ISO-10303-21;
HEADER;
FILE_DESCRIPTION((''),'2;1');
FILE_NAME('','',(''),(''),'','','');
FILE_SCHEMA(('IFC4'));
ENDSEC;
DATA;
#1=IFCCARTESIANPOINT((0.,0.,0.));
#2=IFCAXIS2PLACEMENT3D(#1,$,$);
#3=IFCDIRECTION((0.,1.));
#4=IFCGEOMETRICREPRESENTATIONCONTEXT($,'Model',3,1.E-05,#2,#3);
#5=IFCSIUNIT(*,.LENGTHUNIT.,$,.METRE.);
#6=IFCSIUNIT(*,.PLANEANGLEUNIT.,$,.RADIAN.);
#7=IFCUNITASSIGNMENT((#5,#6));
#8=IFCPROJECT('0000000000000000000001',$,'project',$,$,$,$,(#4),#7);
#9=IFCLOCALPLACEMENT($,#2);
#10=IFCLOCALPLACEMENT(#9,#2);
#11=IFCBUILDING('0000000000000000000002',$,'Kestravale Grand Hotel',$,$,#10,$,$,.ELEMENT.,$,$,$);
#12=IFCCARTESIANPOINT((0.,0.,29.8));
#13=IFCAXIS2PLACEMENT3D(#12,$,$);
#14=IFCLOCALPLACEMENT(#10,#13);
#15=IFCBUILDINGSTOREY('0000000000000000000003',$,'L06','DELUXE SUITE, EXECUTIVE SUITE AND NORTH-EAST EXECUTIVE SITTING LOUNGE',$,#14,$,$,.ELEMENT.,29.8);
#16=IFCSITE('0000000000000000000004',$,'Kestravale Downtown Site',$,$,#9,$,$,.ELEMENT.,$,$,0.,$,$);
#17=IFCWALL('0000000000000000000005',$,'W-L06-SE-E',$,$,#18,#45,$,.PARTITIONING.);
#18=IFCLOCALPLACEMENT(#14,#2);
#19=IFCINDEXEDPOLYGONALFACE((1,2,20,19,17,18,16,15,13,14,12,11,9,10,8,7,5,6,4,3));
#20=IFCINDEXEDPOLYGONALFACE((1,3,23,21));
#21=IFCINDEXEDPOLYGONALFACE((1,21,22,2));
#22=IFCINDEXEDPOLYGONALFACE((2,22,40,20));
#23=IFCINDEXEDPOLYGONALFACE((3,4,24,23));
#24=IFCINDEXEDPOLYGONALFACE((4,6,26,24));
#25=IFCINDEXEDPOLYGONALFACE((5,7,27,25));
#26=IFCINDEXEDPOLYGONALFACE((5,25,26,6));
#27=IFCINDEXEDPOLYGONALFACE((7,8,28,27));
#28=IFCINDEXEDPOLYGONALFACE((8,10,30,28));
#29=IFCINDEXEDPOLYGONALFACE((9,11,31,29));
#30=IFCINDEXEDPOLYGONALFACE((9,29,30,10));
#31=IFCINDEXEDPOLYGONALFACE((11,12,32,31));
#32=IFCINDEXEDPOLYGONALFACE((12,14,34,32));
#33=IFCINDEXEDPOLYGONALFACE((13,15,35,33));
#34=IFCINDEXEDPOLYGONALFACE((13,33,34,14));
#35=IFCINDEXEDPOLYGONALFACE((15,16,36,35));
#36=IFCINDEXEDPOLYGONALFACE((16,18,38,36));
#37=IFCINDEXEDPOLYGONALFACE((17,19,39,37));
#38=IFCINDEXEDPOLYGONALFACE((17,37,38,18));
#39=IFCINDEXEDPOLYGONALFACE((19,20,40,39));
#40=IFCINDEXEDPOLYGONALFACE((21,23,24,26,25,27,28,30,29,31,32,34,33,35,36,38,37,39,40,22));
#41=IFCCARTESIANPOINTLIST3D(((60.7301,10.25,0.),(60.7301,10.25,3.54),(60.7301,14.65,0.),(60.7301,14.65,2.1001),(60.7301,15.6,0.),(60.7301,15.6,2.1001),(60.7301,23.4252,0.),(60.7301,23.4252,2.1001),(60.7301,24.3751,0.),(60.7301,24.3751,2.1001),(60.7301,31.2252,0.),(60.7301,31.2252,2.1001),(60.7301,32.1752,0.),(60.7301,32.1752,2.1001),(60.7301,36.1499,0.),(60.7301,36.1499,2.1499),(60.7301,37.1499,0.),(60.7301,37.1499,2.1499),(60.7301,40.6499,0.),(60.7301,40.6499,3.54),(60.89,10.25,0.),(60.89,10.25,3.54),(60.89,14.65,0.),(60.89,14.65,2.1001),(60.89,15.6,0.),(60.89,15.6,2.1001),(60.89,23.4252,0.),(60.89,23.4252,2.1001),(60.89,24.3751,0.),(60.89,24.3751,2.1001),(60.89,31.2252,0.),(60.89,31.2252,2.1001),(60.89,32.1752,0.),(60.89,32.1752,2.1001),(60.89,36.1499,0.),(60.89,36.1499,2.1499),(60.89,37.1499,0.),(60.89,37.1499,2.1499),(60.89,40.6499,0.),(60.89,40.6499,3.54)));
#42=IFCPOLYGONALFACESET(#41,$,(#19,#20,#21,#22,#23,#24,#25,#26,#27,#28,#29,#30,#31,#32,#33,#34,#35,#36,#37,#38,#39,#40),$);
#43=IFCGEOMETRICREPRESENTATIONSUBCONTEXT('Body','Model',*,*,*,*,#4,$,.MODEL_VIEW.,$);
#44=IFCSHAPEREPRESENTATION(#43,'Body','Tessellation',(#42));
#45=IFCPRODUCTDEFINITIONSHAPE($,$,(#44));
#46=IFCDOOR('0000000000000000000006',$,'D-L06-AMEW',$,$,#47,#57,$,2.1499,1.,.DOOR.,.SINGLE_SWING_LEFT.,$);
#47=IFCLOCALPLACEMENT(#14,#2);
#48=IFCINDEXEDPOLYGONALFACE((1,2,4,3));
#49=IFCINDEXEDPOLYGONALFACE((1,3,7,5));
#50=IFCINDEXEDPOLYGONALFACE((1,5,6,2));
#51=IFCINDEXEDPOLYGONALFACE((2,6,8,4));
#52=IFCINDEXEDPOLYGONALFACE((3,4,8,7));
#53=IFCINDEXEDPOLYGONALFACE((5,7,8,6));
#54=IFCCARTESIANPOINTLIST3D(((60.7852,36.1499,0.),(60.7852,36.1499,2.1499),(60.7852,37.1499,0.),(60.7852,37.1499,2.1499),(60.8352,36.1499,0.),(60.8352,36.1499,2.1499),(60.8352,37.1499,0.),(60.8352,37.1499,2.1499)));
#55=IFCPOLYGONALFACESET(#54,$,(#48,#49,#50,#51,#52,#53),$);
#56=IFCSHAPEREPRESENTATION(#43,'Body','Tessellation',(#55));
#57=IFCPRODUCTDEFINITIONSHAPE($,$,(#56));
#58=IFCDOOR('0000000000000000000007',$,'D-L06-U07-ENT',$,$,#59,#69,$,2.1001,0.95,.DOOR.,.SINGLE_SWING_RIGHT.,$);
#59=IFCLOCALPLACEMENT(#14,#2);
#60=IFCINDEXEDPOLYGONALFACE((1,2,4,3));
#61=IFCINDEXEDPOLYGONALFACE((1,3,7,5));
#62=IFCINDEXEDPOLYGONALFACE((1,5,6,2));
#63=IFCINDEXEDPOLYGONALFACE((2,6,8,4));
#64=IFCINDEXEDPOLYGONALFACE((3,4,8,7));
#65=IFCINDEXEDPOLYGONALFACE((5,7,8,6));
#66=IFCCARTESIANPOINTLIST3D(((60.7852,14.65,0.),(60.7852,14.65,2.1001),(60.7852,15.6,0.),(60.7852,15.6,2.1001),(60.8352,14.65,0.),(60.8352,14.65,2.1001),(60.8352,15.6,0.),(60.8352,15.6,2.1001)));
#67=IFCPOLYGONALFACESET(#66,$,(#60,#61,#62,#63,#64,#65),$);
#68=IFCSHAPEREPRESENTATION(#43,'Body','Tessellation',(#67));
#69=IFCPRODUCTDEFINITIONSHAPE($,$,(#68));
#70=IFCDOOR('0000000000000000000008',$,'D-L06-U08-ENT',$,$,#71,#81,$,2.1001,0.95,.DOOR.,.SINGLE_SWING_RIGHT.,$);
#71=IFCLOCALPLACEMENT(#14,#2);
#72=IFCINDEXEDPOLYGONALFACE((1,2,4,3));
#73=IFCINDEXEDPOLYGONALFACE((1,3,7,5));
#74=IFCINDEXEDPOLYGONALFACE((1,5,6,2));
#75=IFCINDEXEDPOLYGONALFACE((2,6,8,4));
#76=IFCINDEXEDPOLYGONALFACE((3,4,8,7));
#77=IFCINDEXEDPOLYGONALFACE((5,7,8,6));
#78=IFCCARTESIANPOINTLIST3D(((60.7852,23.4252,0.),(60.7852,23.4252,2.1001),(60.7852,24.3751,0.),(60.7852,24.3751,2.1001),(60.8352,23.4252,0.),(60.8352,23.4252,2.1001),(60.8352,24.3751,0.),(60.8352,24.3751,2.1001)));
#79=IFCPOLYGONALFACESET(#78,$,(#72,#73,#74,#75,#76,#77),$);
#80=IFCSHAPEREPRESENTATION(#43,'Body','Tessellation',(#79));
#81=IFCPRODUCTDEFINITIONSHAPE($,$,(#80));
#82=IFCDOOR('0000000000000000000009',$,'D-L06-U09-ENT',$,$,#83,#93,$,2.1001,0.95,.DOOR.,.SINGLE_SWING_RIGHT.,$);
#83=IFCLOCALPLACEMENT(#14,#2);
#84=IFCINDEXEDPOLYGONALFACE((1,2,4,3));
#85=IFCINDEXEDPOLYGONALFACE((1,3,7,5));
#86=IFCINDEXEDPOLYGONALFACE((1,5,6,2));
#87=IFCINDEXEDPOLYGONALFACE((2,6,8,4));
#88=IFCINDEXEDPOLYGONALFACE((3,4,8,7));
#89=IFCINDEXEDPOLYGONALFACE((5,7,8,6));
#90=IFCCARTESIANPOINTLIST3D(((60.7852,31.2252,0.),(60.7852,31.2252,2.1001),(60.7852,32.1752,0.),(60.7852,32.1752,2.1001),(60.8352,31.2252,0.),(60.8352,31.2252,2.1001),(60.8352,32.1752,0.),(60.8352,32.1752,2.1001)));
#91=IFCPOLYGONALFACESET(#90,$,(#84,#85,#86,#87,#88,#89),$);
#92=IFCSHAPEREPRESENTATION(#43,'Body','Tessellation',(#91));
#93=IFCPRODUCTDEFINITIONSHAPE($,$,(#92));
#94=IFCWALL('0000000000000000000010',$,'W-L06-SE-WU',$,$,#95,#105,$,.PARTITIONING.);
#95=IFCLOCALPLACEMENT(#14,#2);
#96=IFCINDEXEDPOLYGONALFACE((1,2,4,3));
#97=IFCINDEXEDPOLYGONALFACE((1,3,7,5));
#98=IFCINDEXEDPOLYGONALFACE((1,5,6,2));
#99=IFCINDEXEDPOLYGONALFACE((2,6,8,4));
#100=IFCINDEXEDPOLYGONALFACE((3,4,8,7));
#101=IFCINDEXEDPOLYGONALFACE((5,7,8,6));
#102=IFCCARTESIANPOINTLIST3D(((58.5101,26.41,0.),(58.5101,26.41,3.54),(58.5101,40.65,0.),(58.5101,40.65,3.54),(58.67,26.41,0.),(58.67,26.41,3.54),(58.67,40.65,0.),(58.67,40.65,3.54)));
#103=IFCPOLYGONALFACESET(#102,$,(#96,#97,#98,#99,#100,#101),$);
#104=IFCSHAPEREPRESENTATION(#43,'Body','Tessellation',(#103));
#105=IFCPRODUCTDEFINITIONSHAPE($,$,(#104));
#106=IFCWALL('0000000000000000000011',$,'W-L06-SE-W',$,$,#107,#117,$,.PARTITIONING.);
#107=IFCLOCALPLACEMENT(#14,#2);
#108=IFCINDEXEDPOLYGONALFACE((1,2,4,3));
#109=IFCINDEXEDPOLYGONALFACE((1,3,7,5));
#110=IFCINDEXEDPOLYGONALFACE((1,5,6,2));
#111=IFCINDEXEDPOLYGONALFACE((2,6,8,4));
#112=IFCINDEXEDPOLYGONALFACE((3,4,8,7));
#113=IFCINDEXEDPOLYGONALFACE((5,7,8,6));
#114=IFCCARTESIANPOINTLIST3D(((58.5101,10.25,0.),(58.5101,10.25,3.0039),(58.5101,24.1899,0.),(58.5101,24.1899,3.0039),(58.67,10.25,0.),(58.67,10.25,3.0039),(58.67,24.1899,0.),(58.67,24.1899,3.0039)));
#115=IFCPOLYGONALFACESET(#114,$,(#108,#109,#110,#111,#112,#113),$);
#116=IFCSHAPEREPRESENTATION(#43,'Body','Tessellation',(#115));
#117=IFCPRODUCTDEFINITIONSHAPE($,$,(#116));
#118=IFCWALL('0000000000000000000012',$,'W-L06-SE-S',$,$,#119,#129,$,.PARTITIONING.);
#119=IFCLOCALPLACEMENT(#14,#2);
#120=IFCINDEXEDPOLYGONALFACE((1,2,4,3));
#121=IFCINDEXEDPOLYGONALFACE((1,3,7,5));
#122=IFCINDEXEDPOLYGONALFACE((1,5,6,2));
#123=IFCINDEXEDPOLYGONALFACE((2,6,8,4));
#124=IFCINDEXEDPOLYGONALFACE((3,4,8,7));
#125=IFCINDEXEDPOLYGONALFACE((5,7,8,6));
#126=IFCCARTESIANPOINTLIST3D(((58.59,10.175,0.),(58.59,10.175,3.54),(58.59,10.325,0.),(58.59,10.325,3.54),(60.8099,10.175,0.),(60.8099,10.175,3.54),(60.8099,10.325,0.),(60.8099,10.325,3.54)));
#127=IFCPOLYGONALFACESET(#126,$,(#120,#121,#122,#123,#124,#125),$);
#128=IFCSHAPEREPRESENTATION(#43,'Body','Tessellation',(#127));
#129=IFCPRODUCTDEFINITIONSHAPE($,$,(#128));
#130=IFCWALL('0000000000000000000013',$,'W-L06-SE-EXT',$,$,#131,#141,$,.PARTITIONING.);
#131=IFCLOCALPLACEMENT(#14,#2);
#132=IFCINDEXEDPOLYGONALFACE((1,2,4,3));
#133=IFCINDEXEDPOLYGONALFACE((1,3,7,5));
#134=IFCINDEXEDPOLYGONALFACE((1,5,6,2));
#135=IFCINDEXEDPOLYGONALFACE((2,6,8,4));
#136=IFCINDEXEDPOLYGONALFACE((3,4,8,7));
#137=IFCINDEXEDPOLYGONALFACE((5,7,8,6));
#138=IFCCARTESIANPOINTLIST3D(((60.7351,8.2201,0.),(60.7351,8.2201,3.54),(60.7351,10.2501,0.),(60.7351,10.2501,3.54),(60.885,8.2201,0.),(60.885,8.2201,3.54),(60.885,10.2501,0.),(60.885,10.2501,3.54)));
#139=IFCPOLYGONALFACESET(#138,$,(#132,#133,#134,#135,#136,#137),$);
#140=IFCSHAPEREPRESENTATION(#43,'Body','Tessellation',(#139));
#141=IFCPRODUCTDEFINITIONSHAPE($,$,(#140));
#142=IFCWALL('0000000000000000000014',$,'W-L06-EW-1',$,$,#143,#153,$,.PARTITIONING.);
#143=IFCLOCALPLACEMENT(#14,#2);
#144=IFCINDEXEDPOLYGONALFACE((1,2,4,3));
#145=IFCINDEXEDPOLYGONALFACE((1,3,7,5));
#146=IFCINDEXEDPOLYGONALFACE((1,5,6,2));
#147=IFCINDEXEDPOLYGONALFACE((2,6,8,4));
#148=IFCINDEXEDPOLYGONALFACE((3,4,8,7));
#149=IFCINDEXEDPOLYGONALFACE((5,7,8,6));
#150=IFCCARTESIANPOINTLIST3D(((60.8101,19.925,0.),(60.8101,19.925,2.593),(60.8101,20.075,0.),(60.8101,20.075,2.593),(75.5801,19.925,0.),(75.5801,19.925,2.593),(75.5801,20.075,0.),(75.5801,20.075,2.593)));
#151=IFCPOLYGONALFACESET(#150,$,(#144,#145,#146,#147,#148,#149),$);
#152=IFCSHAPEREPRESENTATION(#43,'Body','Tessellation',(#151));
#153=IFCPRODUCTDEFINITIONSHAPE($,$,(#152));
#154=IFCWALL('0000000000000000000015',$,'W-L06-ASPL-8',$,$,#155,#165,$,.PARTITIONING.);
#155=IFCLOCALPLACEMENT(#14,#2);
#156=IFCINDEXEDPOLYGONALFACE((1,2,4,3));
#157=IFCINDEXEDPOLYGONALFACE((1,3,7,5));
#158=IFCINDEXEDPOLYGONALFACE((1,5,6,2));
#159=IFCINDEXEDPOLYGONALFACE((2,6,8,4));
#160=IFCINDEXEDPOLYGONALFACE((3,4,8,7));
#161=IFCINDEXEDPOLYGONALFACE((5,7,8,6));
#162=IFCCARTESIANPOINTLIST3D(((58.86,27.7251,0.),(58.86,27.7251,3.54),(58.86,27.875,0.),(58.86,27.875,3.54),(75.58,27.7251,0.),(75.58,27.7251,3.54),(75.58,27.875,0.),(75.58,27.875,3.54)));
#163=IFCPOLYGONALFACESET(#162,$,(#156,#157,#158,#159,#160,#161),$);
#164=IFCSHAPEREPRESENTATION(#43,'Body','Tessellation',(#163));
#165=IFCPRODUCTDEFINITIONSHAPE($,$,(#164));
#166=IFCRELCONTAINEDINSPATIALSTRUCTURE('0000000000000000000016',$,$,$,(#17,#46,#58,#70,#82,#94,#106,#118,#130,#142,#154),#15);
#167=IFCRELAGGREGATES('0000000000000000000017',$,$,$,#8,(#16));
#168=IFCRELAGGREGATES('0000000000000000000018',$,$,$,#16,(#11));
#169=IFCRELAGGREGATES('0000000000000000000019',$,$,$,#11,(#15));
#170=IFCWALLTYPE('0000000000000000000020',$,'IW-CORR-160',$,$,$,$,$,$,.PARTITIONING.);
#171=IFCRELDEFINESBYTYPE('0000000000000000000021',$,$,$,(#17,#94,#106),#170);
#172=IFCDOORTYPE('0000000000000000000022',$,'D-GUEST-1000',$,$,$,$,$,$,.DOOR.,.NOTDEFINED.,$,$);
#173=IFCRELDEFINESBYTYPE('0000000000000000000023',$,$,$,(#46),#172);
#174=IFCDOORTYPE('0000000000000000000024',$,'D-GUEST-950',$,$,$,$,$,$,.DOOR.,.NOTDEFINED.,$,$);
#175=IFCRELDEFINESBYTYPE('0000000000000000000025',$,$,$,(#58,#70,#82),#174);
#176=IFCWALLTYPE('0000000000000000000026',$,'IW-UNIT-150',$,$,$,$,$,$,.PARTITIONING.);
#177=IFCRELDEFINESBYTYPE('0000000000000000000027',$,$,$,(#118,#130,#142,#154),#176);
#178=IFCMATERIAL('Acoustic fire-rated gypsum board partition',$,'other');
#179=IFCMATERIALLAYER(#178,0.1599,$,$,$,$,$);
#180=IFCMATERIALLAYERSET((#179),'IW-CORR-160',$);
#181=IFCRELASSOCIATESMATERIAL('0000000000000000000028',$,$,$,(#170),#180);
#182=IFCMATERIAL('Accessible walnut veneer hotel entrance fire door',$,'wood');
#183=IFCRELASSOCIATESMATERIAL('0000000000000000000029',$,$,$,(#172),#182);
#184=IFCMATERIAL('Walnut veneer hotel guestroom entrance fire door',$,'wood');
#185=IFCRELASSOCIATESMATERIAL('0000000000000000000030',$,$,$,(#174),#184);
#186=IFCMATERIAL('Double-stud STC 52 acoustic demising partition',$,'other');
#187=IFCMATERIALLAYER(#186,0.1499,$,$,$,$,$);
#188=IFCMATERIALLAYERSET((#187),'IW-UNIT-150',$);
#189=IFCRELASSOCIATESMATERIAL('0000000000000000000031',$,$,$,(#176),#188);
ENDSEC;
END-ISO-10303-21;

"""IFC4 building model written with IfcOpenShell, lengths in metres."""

from ifc_helpers import new_model, si_unit, direction, frame, frame_2d, origin, place, context, subcontext, project, spatial, rectangle, extrude, material, layer, layer_set, type_object, element, fill, save


model = new_model("IFC4")

# Units and contexts
model_context = context("Model", 3, precision=1e-05, world=origin(), true_north=direction((0.0, 1.0)))
body_context = subcontext(model_context, "Body", "Model", "MODEL_VIEW")
ifc_project = project(units=[si_unit("LENGTHUNIT", "METRE"), si_unit("PLANEANGLEUNIT", "RADIAN")], contexts=[model_context])

# Site, building, storey
site_placement = place(None, origin())
site = spatial("IfcSite", under=ifc_project, at=site_placement, Name="Kestravale Downtown Site", CompositionType="ELEMENT", RefElevation=0.0)
building_placement = place(site_placement, origin())
building = spatial("IfcBuilding", under=site, at=building_placement, Name="Kestravale Grand Hotel", CompositionType="ELEMENT")
storey_placement = place(building_placement, frame((0.0, 0.0, 29.8)))
storey = spatial("IfcBuildingStorey", under=building, at=storey_placement, Name="L06", Description="DELUXE SUITE, EXECUTIVE SUITE AND NORTH-EAST EXECUTIVE SITTING LOUNGE", CompositionType="ELEMENT", Elevation=29.8)

# Wall, openings, doors
ifc_material_1 = material(Name="Acoustic fire-rated gypsum board partition", Category="other")
ifc_layer_1 = layer(ifc_material_1, 0.1599)
ifc_layer_set_1 = layer_set([ifc_layer_1], Name="IW-CORR-160")
wall_type_1 = type_object("IfcWallType", Name="IW-CORR-160", PredefinedType="PARTITIONING", material=ifc_layer_set_1)
wall_1_placement = place(storey_placement, frame((60.8101, 10.25, 0.0), z_axis=(0.0, 0.0, 1.0), x_axis=(0.0, 1.0, 0.0)))
wall_1 = element("IfcWall", 1, at=wall_1_placement, inside=storey, type_object=wall_type_1, Name="W-L06-SE-E", PredefinedType="PARTITIONING", context=body_context, shape_type="SweptSolid", body=[
    extrude(rectangle(XDim=30.3999, YDim=0.1599, at=frame_2d((15.2, 0.0))), origin(), (0.0, 0.0, 1.0), 3.54),
])
opening_1_placement = place(wall_1_placement, frame((4.3999, 0.0, 0.0)))
opening_1 = element("IfcOpeningElement", 2, at=opening_1_placement, cuts=wall_1, PredefinedType="OPENING", context=body_context, shape_type="SweptSolid", body=[
    extrude(rectangle(XDim=0.95, YDim=2.1001, at=frame_2d((0.4751, 1.05))), frame((0.0, 0.0898, 0.0), z_axis=(0.0, -1.0, 0.0), x_axis=(1.0, 0.0, 0.0)), (0.0, 0.0, 1.0), 0.1799),
])
opening_2_placement = place(wall_1_placement, frame((13.175, 0.0, 0.0)))
opening_2 = element("IfcOpeningElement", 3, at=opening_2_placement, cuts=wall_1, PredefinedType="OPENING", context=body_context, shape_type="SweptSolid", body=[
    extrude(rectangle(XDim=0.95, YDim=2.1001, at=frame_2d((0.4751, 1.05))), frame((0.0, 0.0898, 0.0), z_axis=(0.0, -1.0, 0.0), x_axis=(1.0, 0.0, 0.0)), (0.0, 0.0, 1.0), 0.1799),
])
opening_3_placement = place(wall_1_placement, frame((20.9751, 0.0, 0.0)))
opening_3 = element("IfcOpeningElement", 4, at=opening_3_placement, cuts=wall_1, PredefinedType="OPENING", context=body_context, shape_type="SweptSolid", body=[
    extrude(rectangle(XDim=0.95, YDim=2.1001, at=frame_2d((0.4751, 1.05))), frame((0.0, 0.0898, 0.0), z_axis=(0.0, -1.0, 0.0), x_axis=(1.0, 0.0, 0.0)), (0.0, 0.0, 1.0), 0.1799),
])
opening_4_placement = place(wall_1_placement, frame((25.8999, 0.0, 0.0)))
opening_4 = element("IfcOpeningElement", 5, at=opening_4_placement, cuts=wall_1, PredefinedType="OPENING", context=body_context, shape_type="SweptSolid", body=[
    extrude(rectangle(XDim=1.0, YDim=2.1499, at=frame_2d((0.5, 1.075))), frame((0.0, 0.0898, 0.0), z_axis=(0.0, -1.0, 0.0), x_axis=(1.0, 0.0, 0.0)), (0.0, 0.0, 1.0), 0.1799),
])
ifc_material_2 = material(Name="Accessible walnut veneer hotel entrance fire door", Category="wood")
door_type_1 = type_object("IfcDoorType", Name="D-GUEST-1000", OperationType="NOTDEFINED", PredefinedType="DOOR", material=ifc_material_2)
door_1_placement = place(opening_4_placement, origin())
door_1 = element("IfcDoor", 6, at=door_1_placement, inside=storey, type_object=door_type_1, Name="D-L06-AMEW", OperationType="SINGLE_SWING_LEFT", OverallHeight=2.1499, OverallWidth=1.0, PredefinedType="DOOR", context=body_context, shape_type="SweptSolid", body=[
    extrude(rectangle(XDim=1.0, YDim=2.1499, at=frame_2d((0.5, 1.075))), frame((0.0, 0.0249, 0.0), z_axis=(0.0, -1.0, 0.0), x_axis=(1.0, 0.0, 0.0)), (0.0, 0.0, 1.0), 0.05),
])
fill(opening_4, door_1)
ifc_material_3 = material(Name="Walnut veneer hotel guestroom entrance fire door", Category="wood")
door_type_2 = type_object("IfcDoorType", Name="D-GUEST-950", OperationType="NOTDEFINED", PredefinedType="DOOR", material=ifc_material_3)
door_2_placement = place(opening_1_placement, origin())
door_2 = element("IfcDoor", 7, at=door_2_placement, inside=storey, type_object=door_type_2, Name="D-L06-U07-ENT", OperationType="SINGLE_SWING_RIGHT", OverallHeight=2.1001, OverallWidth=0.95, PredefinedType="DOOR", context=body_context, shape_type="SweptSolid", body=[
    extrude(rectangle(XDim=0.95, YDim=2.1001, at=frame_2d((0.4751, 1.05))), frame((0.0, 0.0249, 0.0), z_axis=(0.0, -1.0, 0.0), x_axis=(1.0, 0.0, 0.0)), (0.0, 0.0, 1.0), 0.05),
])
fill(opening_1, door_2)
door_3_placement = place(opening_2_placement, origin())
door_3 = element("IfcDoor", 8, at=door_3_placement, inside=storey, type_object=door_type_2, Name="D-L06-U08-ENT", OperationType="SINGLE_SWING_RIGHT", OverallHeight=2.1001, OverallWidth=0.95, PredefinedType="DOOR", context=body_context, shape_type="SweptSolid", body=[
    extrude(rectangle(XDim=0.95, YDim=2.1001, at=frame_2d((0.4751, 1.05))), frame((0.0, 0.0249, 0.0), z_axis=(0.0, -1.0, 0.0), x_axis=(1.0, 0.0, 0.0)), (0.0, 0.0, 1.0), 0.05),
])
fill(opening_2, door_3)
door_4_placement = place(opening_3_placement, origin())
door_4 = element("IfcDoor", 9, at=door_4_placement, inside=storey, type_object=door_type_2, Name="D-L06-U09-ENT", OperationType="SINGLE_SWING_RIGHT", OverallHeight=2.1001, OverallWidth=0.95, PredefinedType="DOOR", context=body_context, shape_type="SweptSolid", body=[
    extrude(rectangle(XDim=0.95, YDim=2.1001, at=frame_2d((0.4751, 1.05))), frame((0.0, 0.0249, 0.0), z_axis=(0.0, -1.0, 0.0), x_axis=(1.0, 0.0, 0.0)), (0.0, 0.0, 1.0), 0.05),
])
fill(opening_3, door_4)

# Walls
wall_2_placement = place(storey_placement, frame((58.5901, 26.4099, 0.0), z_axis=(0.0, 0.0, 1.0), x_axis=(0.0, 1.0, 0.0)))
element("IfcWall", 10, at=wall_2_placement, inside=storey, type_object=wall_type_1, Name="W-L06-SE-WU", PredefinedType="PARTITIONING", context=body_context, shape_type="SweptSolid", body=[
    extrude(rectangle(XDim=14.24, YDim=0.1599, at=frame_2d((7.1201, 0.0))), origin(), (0.0, 0.0, 1.0), 3.54),
])
wall_3_placement = place(storey_placement, frame((58.5901, 10.25, 0.0), z_axis=(0.0, 0.0, 1.0), x_axis=(0.0, 1.0, 0.0)))
element("IfcWall", 11, at=wall_3_placement, inside=storey, type_object=wall_type_1, Name="W-L06-SE-W", PredefinedType="PARTITIONING", context=body_context, shape_type="SweptSolid", body=[
    extrude(rectangle(XDim=13.9399, YDim=0.1599, at=frame_2d((6.97, 0.0))), origin(), (0.0, 0.0, 1.0), 3.0039),
])
ifc_material_4 = material(Name="Double-stud STC 52 acoustic demising partition", Category="other")
ifc_layer_2 = layer(ifc_material_4, 0.1499)
ifc_layer_set_2 = layer_set([ifc_layer_2], Name="IW-UNIT-150")
wall_type_2 = type_object("IfcWallType", Name="IW-UNIT-150", PredefinedType="PARTITIONING", material=ifc_layer_set_2)
wall_4_placement = place(storey_placement, frame((58.5901, 10.25, 0.0), z_axis=(0.0, 0.0, 1.0), x_axis=(1.0, 0.0, 0.0)))
element("IfcWall", 12, at=wall_4_placement, inside=storey, type_object=wall_type_2, Name="W-L06-SE-S", PredefinedType="PARTITIONING", context=body_context, shape_type="SweptSolid", body=[
    extrude(rectangle(XDim=2.22, YDim=0.1499, at=frame_2d((1.1099, 0.0))), origin(), (0.0, 0.0, 1.0), 3.54),
])
wall_5_placement = place(storey_placement, frame((60.8101, 8.22, 0.0), z_axis=(0.0, 0.0, 1.0), x_axis=(0.0, 1.0, 0.0)))
element("IfcWall", 13, at=wall_5_placement, inside=storey, type_object=wall_type_2, Name="W-L06-SE-EXT", PredefinedType="PARTITIONING", context=body_context, shape_type="SweptSolid", body=[
    extrude(rectangle(XDim=2.03, YDim=0.1499, at=frame_2d((1.0151, 0.0))), origin(), (0.0, 0.0, 1.0), 3.54),
])
wall_6_placement = place(storey_placement, frame((60.8101, 20.0, 0.0), z_axis=(0.0, 0.0, 1.0), x_axis=(1.0, 0.0, 0.0)))
element("IfcWall", 14, at=wall_6_placement, inside=storey, type_object=wall_type_2, Name="W-L06-EW-1", PredefinedType="PARTITIONING", context=body_context, shape_type="SweptSolid", body=[
    extrude(rectangle(XDim=14.77, YDim=0.1499, at=frame_2d((7.385, 0.0))), origin(), (0.0, 0.0, 1.0), 2.593),
])
wall_7_placement = place(storey_placement, frame((58.8601, 27.8, 0.0), z_axis=(0.0, 0.0, 1.0), x_axis=(1.0, 0.0, 0.0)))
element("IfcWall", 15, at=wall_7_placement, inside=storey, type_object=wall_type_2, Name="W-L06-ASPL-8", PredefinedType="PARTITIONING", context=body_context, shape_type="SweptSolid", body=[
    extrude(rectangle(XDim=16.72, YDim=0.1499, at=frame_2d((8.3599, 0.0))), origin(), (0.0, 0.0, 1.0), 3.54),
])

save(model, "model.ifc")
